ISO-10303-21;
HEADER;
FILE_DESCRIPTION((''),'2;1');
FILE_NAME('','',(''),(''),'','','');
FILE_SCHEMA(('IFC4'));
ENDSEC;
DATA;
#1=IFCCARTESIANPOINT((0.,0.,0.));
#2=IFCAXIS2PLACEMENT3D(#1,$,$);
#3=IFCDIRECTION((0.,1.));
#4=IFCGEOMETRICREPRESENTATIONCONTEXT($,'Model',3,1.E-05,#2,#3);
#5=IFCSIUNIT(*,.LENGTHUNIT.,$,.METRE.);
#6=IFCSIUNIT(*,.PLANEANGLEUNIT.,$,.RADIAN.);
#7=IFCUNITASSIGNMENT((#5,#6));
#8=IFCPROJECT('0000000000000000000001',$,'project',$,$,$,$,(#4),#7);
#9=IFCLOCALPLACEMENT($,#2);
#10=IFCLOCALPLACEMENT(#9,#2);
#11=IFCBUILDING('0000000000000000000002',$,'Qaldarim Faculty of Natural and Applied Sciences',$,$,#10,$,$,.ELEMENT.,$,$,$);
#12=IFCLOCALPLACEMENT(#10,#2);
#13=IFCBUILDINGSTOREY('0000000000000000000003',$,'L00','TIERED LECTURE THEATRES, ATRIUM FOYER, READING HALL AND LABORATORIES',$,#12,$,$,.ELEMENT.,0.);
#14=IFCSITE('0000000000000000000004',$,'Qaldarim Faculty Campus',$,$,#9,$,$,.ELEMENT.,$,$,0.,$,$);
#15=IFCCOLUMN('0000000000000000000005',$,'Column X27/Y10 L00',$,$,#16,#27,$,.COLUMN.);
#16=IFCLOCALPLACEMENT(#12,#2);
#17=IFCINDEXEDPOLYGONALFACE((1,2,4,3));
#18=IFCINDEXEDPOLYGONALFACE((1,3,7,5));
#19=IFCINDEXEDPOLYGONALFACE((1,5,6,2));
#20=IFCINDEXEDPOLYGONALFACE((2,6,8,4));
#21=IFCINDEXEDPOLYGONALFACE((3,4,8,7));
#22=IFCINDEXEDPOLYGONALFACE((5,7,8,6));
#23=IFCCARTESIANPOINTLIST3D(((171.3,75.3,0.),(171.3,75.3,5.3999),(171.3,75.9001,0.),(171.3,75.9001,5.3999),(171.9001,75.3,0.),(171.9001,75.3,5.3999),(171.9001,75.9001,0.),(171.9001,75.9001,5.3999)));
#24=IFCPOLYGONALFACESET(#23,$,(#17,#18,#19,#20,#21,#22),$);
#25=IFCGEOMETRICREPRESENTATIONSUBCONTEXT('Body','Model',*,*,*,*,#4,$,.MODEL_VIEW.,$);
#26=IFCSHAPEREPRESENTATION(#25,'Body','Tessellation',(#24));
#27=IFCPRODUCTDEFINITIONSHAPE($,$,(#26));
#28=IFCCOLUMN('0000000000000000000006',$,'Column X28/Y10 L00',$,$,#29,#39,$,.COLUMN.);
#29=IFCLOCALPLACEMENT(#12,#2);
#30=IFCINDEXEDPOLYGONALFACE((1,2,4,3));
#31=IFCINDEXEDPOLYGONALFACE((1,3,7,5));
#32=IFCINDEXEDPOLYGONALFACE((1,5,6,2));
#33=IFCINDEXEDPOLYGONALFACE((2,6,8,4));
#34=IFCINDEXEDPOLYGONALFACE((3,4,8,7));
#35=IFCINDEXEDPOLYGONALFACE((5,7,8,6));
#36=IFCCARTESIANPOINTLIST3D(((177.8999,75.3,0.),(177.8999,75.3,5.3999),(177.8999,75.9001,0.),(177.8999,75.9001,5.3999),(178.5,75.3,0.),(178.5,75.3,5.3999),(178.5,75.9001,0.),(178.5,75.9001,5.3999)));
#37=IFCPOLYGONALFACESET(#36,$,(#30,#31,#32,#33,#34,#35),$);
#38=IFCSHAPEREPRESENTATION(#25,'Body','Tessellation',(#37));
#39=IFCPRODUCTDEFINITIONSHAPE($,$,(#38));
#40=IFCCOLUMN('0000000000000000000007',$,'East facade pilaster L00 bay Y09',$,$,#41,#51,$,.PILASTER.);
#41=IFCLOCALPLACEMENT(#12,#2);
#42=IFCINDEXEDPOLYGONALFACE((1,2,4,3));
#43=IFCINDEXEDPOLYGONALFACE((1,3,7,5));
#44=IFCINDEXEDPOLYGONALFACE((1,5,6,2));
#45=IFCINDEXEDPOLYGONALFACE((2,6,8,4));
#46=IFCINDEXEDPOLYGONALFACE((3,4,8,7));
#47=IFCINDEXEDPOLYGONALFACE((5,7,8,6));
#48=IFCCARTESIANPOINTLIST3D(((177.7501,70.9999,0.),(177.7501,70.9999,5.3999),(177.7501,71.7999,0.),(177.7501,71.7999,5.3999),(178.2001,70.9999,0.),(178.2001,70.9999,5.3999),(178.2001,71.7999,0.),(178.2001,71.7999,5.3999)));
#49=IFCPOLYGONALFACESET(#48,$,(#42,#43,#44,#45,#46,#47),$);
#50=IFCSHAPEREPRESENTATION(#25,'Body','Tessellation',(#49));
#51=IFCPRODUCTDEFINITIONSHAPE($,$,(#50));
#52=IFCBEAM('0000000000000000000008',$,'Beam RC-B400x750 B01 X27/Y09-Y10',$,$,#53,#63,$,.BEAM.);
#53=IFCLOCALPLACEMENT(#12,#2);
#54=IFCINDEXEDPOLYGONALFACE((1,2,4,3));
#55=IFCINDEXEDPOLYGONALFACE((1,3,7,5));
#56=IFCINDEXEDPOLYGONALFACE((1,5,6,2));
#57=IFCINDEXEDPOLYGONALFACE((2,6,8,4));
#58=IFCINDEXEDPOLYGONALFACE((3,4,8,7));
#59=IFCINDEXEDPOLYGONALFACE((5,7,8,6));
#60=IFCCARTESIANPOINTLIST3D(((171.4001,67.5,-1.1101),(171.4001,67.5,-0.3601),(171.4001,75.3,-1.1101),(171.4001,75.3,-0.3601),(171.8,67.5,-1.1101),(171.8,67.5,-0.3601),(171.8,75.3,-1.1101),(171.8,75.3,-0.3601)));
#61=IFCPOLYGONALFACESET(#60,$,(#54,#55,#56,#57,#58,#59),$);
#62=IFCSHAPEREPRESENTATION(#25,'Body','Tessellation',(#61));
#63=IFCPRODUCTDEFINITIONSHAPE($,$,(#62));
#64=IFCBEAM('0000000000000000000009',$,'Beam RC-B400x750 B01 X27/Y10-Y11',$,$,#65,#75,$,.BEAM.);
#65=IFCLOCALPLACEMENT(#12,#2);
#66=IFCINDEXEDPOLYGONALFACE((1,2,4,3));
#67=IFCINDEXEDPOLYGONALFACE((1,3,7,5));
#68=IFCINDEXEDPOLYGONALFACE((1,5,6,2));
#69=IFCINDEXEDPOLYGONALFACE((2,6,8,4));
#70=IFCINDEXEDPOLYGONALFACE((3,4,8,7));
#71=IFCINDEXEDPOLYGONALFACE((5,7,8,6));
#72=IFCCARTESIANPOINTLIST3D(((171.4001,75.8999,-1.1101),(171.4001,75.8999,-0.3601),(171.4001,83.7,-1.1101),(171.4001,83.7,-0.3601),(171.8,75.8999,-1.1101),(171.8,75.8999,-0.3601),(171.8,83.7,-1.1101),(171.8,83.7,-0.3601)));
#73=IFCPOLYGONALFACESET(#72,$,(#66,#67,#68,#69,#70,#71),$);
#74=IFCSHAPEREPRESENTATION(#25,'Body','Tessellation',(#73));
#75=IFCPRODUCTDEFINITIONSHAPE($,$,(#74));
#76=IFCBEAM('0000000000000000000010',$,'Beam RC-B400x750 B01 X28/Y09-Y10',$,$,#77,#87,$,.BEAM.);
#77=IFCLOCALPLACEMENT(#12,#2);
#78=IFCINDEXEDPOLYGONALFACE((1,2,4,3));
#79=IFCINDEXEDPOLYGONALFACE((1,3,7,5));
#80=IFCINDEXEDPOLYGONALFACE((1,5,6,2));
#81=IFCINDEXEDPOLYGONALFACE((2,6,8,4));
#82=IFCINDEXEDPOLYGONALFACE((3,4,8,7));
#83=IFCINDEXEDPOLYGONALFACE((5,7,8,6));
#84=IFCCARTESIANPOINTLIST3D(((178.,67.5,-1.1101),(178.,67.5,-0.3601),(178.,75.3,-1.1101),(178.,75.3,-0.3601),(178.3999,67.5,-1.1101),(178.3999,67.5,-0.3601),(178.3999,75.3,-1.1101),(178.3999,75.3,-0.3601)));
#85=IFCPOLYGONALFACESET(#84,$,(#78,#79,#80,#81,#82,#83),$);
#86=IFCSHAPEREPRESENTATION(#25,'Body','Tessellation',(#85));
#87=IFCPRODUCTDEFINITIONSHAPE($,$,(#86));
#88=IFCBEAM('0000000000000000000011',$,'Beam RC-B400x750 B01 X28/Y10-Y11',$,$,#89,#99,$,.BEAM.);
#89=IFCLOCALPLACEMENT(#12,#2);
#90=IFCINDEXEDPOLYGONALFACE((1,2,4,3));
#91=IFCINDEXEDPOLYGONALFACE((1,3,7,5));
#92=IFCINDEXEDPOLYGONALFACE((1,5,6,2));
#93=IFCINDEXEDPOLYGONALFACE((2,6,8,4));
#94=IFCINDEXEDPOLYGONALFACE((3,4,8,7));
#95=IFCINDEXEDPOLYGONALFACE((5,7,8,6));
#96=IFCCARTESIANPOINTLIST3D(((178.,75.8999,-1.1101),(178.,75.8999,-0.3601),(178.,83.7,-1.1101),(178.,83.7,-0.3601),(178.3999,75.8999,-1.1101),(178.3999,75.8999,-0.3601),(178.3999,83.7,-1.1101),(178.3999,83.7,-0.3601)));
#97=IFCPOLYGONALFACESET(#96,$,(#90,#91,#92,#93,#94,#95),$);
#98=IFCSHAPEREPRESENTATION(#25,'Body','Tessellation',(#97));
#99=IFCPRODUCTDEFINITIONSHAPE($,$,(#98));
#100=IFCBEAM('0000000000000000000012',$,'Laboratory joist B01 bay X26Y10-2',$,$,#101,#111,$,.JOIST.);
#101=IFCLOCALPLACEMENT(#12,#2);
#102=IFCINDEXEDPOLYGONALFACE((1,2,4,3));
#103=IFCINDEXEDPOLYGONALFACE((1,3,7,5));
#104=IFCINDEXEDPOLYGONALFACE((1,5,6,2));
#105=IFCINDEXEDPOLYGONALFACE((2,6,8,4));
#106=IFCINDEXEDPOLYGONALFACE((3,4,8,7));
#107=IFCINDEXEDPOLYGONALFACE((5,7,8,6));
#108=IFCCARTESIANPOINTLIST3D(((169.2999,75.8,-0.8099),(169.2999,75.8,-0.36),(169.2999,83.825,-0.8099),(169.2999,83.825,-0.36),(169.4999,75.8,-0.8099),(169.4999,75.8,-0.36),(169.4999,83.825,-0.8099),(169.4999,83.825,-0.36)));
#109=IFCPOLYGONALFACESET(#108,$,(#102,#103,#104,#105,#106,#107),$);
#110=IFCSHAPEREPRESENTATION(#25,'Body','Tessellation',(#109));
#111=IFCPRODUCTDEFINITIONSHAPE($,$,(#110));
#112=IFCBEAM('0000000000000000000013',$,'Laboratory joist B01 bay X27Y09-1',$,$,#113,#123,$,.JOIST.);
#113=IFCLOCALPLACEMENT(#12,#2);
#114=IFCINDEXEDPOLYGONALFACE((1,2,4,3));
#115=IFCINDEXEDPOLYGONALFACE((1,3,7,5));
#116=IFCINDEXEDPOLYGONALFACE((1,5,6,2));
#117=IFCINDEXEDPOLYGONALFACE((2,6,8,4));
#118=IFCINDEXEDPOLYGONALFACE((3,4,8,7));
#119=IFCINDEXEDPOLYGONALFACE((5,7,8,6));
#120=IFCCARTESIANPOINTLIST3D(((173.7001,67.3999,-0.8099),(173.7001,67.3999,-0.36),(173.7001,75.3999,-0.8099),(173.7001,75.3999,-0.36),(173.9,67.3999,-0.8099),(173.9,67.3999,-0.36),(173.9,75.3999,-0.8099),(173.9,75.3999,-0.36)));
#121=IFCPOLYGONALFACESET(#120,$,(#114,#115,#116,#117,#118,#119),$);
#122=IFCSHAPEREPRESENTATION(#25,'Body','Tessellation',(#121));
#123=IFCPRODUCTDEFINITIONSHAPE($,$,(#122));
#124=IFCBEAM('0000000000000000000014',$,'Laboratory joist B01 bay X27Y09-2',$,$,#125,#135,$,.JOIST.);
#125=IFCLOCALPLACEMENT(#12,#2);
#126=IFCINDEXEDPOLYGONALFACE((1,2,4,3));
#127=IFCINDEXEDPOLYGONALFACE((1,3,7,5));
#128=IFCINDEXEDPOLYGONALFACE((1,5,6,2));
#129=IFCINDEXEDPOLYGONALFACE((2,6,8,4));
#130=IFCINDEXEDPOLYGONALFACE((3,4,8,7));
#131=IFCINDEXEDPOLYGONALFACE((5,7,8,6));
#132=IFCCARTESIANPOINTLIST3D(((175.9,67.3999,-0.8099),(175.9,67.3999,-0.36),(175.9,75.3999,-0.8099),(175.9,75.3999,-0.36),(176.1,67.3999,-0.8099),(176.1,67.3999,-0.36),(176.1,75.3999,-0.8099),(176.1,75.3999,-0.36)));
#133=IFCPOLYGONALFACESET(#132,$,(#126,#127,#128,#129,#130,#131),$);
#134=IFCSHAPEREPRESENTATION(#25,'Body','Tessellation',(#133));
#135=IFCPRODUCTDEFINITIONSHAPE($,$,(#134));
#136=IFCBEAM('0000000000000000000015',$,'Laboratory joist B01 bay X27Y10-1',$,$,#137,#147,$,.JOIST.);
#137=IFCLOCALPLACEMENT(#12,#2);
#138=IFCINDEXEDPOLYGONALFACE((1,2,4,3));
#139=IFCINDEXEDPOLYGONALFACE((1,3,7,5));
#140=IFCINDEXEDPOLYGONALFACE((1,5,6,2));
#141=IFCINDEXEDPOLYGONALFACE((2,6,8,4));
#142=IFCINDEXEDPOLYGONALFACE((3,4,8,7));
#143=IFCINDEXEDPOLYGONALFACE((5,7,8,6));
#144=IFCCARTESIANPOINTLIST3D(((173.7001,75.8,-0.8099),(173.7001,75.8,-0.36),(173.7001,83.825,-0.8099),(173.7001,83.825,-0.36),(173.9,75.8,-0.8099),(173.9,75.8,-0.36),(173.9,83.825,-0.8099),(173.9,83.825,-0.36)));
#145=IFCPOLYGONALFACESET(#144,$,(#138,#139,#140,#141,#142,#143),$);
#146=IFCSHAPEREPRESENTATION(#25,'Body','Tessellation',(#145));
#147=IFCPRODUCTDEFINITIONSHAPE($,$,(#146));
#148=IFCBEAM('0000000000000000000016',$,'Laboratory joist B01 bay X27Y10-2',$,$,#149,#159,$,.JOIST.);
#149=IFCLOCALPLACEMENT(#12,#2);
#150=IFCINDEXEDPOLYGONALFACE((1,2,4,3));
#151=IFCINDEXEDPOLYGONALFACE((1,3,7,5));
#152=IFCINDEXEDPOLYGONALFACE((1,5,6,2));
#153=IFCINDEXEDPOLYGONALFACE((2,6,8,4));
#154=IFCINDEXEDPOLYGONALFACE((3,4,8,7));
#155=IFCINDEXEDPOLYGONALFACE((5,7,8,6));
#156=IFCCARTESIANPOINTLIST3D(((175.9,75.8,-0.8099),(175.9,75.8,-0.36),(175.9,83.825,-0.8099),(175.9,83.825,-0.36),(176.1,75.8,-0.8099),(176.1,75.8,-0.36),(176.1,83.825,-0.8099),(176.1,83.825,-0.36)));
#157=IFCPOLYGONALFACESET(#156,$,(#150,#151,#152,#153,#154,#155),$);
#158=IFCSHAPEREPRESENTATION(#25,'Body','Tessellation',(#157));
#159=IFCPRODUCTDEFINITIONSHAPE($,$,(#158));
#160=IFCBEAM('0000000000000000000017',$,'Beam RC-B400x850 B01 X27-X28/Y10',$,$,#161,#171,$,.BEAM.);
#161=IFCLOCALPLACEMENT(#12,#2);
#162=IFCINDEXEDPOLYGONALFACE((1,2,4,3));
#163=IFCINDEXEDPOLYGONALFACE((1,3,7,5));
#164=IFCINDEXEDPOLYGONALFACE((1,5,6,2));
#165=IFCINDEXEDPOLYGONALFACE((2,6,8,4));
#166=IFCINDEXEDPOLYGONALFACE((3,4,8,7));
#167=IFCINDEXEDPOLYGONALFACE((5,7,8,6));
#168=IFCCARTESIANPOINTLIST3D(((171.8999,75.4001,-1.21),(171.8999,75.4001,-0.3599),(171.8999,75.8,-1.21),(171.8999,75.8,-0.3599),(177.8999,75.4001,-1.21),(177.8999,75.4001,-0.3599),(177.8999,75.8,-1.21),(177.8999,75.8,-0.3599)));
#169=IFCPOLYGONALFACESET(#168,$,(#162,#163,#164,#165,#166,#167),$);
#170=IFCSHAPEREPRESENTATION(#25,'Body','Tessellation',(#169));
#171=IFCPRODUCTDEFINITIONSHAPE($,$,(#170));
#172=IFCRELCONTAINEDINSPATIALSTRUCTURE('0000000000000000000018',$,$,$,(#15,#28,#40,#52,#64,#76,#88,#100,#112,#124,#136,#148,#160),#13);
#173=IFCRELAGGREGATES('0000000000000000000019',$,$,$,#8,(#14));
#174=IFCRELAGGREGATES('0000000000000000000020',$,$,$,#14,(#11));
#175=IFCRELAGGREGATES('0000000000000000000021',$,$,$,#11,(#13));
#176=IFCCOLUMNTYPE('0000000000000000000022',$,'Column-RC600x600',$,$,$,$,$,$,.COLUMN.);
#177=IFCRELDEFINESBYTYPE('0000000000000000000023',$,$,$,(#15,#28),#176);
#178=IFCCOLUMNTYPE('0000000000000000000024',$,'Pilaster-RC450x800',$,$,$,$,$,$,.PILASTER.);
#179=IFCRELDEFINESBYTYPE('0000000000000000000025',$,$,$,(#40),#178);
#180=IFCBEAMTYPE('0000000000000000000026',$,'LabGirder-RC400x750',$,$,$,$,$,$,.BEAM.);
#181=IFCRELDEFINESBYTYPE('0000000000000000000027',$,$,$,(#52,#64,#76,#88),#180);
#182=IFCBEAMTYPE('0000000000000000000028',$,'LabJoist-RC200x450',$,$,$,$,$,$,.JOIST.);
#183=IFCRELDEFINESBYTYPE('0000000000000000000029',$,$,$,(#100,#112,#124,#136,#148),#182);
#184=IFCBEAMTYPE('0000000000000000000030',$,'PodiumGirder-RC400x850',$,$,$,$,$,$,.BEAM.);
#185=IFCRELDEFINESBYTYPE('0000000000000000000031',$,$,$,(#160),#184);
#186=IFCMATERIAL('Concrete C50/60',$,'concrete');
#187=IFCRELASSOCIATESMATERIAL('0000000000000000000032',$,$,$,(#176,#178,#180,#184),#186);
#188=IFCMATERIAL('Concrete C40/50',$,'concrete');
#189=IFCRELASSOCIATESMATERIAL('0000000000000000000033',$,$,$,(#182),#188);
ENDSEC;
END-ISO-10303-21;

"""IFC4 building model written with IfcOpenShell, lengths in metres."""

from ifc_helpers import new_model, si_unit, direction, frame, origin, origin_2d, place, context, subcontext, project, spatial, rectangle, extrude, material, material_profile, profile_set, type_object, element, save


model = new_model("IFC4")

# Units and contexts
model_context = context("Model", 3, precision=1e-05, world=origin(), true_north=direction((0.0, 1.0)))
body_context = subcontext(model_context, "Body", "Model", "MODEL_VIEW")
ifc_project = project(units=[si_unit("LENGTHUNIT", "METRE"), si_unit("PLANEANGLEUNIT", "RADIAN")], contexts=[model_context])

# Site, building, storey
site_placement = place(None, origin())
site = spatial("IfcSite", under=ifc_project, at=site_placement, Name="Qaldarim Faculty Campus", CompositionType="ELEMENT", RefElevation=0.0)
building_placement = place(site_placement, origin())
building = spatial("IfcBuilding", under=site, at=building_placement, Name="Qaldarim Faculty of Natural and Applied Sciences", CompositionType="ELEMENT")
storey_placement = place(building_placement, origin())
storey = spatial("IfcBuildingStorey", under=building, at=storey_placement, Name="L00", Description="TIERED LECTURE THEATRES, ATRIUM FOYER, READING HALL AND LABORATORIES", CompositionType="ELEMENT", Elevation=0.0)

# Columns
ifc_material_1 = material(Name="Concrete C50/60", Category="concrete")
ifc_material_profile_1 = material_profile(ifc_material_1, rectangle(XDim=0.6001, YDim=0.6001, at=origin_2d()), Name="RC-C600x600")
ifc_profile_set_1 = profile_set([ifc_material_profile_1], Name="Concrete C50/60")
column_type_1 = type_object("IfcColumnType", Name="Column-RC600x600", PredefinedType="COLUMN", material=ifc_profile_set_1)
for number, where, z_axis, x_axis, name in (
    (1, (171.6001, 75.6001, 0.0), (0.0, 0.0, 1.0), (1.0, 0.0, 0.0), "Column X27/Y10 L00"),
    (2, (178.2, 75.6001, 0.0), (0.0, 0.0, 1.0), (1.0, 0.0, 0.0), "Column X28/Y10 L00"),
):
    element("IfcColumn", number, at=place(storey_placement, frame(where, z_axis=z_axis, x_axis=x_axis)), inside=storey, type_object=column_type_1, Name=name, PredefinedType="COLUMN", context=body_context, shape_type="SweptSolid", body=[
        extrude(rectangle(XDim=0.6001, YDim=0.6001, at=origin_2d()), origin(), (0.0, 0.0, 1.0), 5.3999),
    ])
ifc_material_profile_2 = material_profile(ifc_material_1, rectangle(XDim=0.45, YDim=0.8, at=origin_2d()), Name="RC-C450x800")
ifc_profile_set_2 = profile_set([ifc_material_profile_2], Name="Concrete C50/60")
column_type_2 = type_object("IfcColumnType", Name="Pilaster-RC450x800", PredefinedType="PILASTER", material=ifc_profile_set_2)
column_placement = place(storey_placement, frame((177.9751, 71.3999, 0.0), z_axis=(0.0, 0.0, 1.0), x_axis=(1.0, 0.0, 0.0)))
element("IfcColumn", 3, at=column_placement, inside=storey, type_object=column_type_2, Name="East facade pilaster L00 bay Y09", PredefinedType="PILASTER", context=body_context, shape_type="SweptSolid", body=[
    extrude(rectangle(XDim=0.45, YDim=0.8, at=origin_2d()), origin(), (0.0, 0.0, 1.0), 5.3999),
])

# Beams
ifc_material_profile_3 = material_profile(ifc_material_1, rectangle(XDim=0.3999, YDim=0.75, at=origin_2d()), Name="RC-B400x750")
ifc_profile_set_3 = profile_set([ifc_material_profile_3], Name="Concrete C50/60")
beam_type_1 = type_object("IfcBeamType", Name="LabGirder-RC400x750", PredefinedType="BEAM", material=ifc_profile_set_3)
for number, where, z_axis, x_axis, name in (
    (4, (171.6001, 67.5, -0.7351), (0.0, 1.0, 0.0), (-1.0, 0.0, 0.0), "Beam RC-B400x750 B01 X27/Y09-Y10"),
    (5, (171.6001, 75.8999, -0.7351), (0.0, 1.0, 0.0), (-1.0, 0.0, 0.0), "Beam RC-B400x750 B01 X27/Y10-Y11"),
    (6, (178.2, 67.5, -0.7351), (0.0, 1.0, 0.0), (-1.0, 0.0, 0.0), "Beam RC-B400x750 B01 X28/Y09-Y10"),
    (7, (178.2, 75.8999, -0.7351), (0.0, 1.0, 0.0), (-1.0, 0.0, 0.0), "Beam RC-B400x750 B01 X28/Y10-Y11"),
):
    element("IfcBeam", number, at=place(storey_placement, frame(where, z_axis=z_axis, x_axis=x_axis)), inside=storey, type_object=beam_type_1, Name=name, PredefinedType="BEAM", context=body_context, shape_type="SweptSolid", body=[
        extrude(rectangle(XDim=0.3999, YDim=0.75, at=origin_2d()), origin(), (0.0, 0.0, 1.0), 7.8),
    ])
ifc_material_2 = material(Name="Concrete C40/50", Category="concrete")
ifc_material_profile_4 = material_profile(ifc_material_2, rectangle(XDim=0.2, YDim=0.45, at=origin_2d()), Name="RC-J200x450")
ifc_profile_set_4 = profile_set([ifc_material_profile_4], Name="Concrete C40/50")
beam_type_2 = type_object("IfcBeamType", Name="LabJoist-RC200x450", PredefinedType="JOIST", material=ifc_profile_set_4)
beam_1_placement = place(storey_placement, frame((169.3999, 75.8, -0.585), z_axis=(0.0, 1.0, 0.0), x_axis=(-1.0, 0.0, 0.0)))
element("IfcBeam", 8, at=beam_1_placement, inside=storey, type_object=beam_type_2, Name="Laboratory joist B01 bay X26Y10-2", PredefinedType="JOIST", context=body_context, shape_type="SweptSolid", body=[
    extrude(rectangle(XDim=0.2, YDim=0.45, at=origin_2d()), origin(), (0.0, 0.0, 1.0), 8.0249),
])
for number, where, z_axis, x_axis, name in (
    (9, (173.8, 67.3999, -0.585), (0.0, 1.0, 0.0), (-1.0, 0.0, 0.0), "Laboratory joist B01 bay X27Y09-1"),
    (10, (176.0, 67.3999, -0.585), (0.0, 1.0, 0.0), (-1.0, 0.0, 0.0), "Laboratory joist B01 bay X27Y09-2"),
):
    element("IfcBeam", number, at=place(storey_placement, frame(where, z_axis=z_axis, x_axis=x_axis)), inside=storey, type_object=beam_type_2, Name=name, PredefinedType="JOIST", context=body_context, shape_type="SweptSolid", body=[
        extrude(rectangle(XDim=0.2, YDim=0.45, at=origin_2d()), origin(), (0.0, 0.0, 1.0), 8.0),
    ])
for number, where, z_axis, x_axis, name in (
    (11, (173.8, 75.8, -0.585), (0.0, 1.0, 0.0), (-1.0, 0.0, 0.0), "Laboratory joist B01 bay X27Y10-1"),
    (12, (176.0, 75.8, -0.585), (0.0, 1.0, 0.0), (-1.0, 0.0, 0.0), "Laboratory joist B01 bay X27Y10-2"),
):
    element("IfcBeam", number, at=place(storey_placement, frame(where, z_axis=z_axis, x_axis=x_axis)), inside=storey, type_object=beam_type_2, Name=name, PredefinedType="JOIST", context=body_context, shape_type="SweptSolid", body=[
        extrude(rectangle(XDim=0.2, YDim=0.45, at=origin_2d()), origin(), (0.0, 0.0, 1.0), 8.0249),
    ])
ifc_material_profile_5 = material_profile(ifc_material_1, rectangle(XDim=0.3999, YDim=0.8501, at=origin_2d()), Name="RC-B400x850")
ifc_profile_set_5 = profile_set([ifc_material_profile_5], Name="Concrete C50/60")
beam_type_3 = type_object("IfcBeamType", Name="PodiumGirder-RC400x850", PredefinedType="BEAM", material=ifc_profile_set_5)
beam_2_placement = place(storey_placement, frame((171.8999, 75.6001, -0.7849), z_axis=(1.0, 0.0, 0.0), x_axis=(0.0, 1.0, 0.0)))
element("IfcBeam", 13, at=beam_2_placement, inside=storey, type_object=beam_type_3, Name="Beam RC-B400x850 B01 X27-X28/Y10", PredefinedType="BEAM", context=body_context, shape_type="SweptSolid", body=[
    extrude(rectangle(XDim=0.3999, YDim=0.8501, at=origin_2d()), origin(), (0.0, 0.0, 1.0), 6.0),
])

save(model, "model.ifc")
